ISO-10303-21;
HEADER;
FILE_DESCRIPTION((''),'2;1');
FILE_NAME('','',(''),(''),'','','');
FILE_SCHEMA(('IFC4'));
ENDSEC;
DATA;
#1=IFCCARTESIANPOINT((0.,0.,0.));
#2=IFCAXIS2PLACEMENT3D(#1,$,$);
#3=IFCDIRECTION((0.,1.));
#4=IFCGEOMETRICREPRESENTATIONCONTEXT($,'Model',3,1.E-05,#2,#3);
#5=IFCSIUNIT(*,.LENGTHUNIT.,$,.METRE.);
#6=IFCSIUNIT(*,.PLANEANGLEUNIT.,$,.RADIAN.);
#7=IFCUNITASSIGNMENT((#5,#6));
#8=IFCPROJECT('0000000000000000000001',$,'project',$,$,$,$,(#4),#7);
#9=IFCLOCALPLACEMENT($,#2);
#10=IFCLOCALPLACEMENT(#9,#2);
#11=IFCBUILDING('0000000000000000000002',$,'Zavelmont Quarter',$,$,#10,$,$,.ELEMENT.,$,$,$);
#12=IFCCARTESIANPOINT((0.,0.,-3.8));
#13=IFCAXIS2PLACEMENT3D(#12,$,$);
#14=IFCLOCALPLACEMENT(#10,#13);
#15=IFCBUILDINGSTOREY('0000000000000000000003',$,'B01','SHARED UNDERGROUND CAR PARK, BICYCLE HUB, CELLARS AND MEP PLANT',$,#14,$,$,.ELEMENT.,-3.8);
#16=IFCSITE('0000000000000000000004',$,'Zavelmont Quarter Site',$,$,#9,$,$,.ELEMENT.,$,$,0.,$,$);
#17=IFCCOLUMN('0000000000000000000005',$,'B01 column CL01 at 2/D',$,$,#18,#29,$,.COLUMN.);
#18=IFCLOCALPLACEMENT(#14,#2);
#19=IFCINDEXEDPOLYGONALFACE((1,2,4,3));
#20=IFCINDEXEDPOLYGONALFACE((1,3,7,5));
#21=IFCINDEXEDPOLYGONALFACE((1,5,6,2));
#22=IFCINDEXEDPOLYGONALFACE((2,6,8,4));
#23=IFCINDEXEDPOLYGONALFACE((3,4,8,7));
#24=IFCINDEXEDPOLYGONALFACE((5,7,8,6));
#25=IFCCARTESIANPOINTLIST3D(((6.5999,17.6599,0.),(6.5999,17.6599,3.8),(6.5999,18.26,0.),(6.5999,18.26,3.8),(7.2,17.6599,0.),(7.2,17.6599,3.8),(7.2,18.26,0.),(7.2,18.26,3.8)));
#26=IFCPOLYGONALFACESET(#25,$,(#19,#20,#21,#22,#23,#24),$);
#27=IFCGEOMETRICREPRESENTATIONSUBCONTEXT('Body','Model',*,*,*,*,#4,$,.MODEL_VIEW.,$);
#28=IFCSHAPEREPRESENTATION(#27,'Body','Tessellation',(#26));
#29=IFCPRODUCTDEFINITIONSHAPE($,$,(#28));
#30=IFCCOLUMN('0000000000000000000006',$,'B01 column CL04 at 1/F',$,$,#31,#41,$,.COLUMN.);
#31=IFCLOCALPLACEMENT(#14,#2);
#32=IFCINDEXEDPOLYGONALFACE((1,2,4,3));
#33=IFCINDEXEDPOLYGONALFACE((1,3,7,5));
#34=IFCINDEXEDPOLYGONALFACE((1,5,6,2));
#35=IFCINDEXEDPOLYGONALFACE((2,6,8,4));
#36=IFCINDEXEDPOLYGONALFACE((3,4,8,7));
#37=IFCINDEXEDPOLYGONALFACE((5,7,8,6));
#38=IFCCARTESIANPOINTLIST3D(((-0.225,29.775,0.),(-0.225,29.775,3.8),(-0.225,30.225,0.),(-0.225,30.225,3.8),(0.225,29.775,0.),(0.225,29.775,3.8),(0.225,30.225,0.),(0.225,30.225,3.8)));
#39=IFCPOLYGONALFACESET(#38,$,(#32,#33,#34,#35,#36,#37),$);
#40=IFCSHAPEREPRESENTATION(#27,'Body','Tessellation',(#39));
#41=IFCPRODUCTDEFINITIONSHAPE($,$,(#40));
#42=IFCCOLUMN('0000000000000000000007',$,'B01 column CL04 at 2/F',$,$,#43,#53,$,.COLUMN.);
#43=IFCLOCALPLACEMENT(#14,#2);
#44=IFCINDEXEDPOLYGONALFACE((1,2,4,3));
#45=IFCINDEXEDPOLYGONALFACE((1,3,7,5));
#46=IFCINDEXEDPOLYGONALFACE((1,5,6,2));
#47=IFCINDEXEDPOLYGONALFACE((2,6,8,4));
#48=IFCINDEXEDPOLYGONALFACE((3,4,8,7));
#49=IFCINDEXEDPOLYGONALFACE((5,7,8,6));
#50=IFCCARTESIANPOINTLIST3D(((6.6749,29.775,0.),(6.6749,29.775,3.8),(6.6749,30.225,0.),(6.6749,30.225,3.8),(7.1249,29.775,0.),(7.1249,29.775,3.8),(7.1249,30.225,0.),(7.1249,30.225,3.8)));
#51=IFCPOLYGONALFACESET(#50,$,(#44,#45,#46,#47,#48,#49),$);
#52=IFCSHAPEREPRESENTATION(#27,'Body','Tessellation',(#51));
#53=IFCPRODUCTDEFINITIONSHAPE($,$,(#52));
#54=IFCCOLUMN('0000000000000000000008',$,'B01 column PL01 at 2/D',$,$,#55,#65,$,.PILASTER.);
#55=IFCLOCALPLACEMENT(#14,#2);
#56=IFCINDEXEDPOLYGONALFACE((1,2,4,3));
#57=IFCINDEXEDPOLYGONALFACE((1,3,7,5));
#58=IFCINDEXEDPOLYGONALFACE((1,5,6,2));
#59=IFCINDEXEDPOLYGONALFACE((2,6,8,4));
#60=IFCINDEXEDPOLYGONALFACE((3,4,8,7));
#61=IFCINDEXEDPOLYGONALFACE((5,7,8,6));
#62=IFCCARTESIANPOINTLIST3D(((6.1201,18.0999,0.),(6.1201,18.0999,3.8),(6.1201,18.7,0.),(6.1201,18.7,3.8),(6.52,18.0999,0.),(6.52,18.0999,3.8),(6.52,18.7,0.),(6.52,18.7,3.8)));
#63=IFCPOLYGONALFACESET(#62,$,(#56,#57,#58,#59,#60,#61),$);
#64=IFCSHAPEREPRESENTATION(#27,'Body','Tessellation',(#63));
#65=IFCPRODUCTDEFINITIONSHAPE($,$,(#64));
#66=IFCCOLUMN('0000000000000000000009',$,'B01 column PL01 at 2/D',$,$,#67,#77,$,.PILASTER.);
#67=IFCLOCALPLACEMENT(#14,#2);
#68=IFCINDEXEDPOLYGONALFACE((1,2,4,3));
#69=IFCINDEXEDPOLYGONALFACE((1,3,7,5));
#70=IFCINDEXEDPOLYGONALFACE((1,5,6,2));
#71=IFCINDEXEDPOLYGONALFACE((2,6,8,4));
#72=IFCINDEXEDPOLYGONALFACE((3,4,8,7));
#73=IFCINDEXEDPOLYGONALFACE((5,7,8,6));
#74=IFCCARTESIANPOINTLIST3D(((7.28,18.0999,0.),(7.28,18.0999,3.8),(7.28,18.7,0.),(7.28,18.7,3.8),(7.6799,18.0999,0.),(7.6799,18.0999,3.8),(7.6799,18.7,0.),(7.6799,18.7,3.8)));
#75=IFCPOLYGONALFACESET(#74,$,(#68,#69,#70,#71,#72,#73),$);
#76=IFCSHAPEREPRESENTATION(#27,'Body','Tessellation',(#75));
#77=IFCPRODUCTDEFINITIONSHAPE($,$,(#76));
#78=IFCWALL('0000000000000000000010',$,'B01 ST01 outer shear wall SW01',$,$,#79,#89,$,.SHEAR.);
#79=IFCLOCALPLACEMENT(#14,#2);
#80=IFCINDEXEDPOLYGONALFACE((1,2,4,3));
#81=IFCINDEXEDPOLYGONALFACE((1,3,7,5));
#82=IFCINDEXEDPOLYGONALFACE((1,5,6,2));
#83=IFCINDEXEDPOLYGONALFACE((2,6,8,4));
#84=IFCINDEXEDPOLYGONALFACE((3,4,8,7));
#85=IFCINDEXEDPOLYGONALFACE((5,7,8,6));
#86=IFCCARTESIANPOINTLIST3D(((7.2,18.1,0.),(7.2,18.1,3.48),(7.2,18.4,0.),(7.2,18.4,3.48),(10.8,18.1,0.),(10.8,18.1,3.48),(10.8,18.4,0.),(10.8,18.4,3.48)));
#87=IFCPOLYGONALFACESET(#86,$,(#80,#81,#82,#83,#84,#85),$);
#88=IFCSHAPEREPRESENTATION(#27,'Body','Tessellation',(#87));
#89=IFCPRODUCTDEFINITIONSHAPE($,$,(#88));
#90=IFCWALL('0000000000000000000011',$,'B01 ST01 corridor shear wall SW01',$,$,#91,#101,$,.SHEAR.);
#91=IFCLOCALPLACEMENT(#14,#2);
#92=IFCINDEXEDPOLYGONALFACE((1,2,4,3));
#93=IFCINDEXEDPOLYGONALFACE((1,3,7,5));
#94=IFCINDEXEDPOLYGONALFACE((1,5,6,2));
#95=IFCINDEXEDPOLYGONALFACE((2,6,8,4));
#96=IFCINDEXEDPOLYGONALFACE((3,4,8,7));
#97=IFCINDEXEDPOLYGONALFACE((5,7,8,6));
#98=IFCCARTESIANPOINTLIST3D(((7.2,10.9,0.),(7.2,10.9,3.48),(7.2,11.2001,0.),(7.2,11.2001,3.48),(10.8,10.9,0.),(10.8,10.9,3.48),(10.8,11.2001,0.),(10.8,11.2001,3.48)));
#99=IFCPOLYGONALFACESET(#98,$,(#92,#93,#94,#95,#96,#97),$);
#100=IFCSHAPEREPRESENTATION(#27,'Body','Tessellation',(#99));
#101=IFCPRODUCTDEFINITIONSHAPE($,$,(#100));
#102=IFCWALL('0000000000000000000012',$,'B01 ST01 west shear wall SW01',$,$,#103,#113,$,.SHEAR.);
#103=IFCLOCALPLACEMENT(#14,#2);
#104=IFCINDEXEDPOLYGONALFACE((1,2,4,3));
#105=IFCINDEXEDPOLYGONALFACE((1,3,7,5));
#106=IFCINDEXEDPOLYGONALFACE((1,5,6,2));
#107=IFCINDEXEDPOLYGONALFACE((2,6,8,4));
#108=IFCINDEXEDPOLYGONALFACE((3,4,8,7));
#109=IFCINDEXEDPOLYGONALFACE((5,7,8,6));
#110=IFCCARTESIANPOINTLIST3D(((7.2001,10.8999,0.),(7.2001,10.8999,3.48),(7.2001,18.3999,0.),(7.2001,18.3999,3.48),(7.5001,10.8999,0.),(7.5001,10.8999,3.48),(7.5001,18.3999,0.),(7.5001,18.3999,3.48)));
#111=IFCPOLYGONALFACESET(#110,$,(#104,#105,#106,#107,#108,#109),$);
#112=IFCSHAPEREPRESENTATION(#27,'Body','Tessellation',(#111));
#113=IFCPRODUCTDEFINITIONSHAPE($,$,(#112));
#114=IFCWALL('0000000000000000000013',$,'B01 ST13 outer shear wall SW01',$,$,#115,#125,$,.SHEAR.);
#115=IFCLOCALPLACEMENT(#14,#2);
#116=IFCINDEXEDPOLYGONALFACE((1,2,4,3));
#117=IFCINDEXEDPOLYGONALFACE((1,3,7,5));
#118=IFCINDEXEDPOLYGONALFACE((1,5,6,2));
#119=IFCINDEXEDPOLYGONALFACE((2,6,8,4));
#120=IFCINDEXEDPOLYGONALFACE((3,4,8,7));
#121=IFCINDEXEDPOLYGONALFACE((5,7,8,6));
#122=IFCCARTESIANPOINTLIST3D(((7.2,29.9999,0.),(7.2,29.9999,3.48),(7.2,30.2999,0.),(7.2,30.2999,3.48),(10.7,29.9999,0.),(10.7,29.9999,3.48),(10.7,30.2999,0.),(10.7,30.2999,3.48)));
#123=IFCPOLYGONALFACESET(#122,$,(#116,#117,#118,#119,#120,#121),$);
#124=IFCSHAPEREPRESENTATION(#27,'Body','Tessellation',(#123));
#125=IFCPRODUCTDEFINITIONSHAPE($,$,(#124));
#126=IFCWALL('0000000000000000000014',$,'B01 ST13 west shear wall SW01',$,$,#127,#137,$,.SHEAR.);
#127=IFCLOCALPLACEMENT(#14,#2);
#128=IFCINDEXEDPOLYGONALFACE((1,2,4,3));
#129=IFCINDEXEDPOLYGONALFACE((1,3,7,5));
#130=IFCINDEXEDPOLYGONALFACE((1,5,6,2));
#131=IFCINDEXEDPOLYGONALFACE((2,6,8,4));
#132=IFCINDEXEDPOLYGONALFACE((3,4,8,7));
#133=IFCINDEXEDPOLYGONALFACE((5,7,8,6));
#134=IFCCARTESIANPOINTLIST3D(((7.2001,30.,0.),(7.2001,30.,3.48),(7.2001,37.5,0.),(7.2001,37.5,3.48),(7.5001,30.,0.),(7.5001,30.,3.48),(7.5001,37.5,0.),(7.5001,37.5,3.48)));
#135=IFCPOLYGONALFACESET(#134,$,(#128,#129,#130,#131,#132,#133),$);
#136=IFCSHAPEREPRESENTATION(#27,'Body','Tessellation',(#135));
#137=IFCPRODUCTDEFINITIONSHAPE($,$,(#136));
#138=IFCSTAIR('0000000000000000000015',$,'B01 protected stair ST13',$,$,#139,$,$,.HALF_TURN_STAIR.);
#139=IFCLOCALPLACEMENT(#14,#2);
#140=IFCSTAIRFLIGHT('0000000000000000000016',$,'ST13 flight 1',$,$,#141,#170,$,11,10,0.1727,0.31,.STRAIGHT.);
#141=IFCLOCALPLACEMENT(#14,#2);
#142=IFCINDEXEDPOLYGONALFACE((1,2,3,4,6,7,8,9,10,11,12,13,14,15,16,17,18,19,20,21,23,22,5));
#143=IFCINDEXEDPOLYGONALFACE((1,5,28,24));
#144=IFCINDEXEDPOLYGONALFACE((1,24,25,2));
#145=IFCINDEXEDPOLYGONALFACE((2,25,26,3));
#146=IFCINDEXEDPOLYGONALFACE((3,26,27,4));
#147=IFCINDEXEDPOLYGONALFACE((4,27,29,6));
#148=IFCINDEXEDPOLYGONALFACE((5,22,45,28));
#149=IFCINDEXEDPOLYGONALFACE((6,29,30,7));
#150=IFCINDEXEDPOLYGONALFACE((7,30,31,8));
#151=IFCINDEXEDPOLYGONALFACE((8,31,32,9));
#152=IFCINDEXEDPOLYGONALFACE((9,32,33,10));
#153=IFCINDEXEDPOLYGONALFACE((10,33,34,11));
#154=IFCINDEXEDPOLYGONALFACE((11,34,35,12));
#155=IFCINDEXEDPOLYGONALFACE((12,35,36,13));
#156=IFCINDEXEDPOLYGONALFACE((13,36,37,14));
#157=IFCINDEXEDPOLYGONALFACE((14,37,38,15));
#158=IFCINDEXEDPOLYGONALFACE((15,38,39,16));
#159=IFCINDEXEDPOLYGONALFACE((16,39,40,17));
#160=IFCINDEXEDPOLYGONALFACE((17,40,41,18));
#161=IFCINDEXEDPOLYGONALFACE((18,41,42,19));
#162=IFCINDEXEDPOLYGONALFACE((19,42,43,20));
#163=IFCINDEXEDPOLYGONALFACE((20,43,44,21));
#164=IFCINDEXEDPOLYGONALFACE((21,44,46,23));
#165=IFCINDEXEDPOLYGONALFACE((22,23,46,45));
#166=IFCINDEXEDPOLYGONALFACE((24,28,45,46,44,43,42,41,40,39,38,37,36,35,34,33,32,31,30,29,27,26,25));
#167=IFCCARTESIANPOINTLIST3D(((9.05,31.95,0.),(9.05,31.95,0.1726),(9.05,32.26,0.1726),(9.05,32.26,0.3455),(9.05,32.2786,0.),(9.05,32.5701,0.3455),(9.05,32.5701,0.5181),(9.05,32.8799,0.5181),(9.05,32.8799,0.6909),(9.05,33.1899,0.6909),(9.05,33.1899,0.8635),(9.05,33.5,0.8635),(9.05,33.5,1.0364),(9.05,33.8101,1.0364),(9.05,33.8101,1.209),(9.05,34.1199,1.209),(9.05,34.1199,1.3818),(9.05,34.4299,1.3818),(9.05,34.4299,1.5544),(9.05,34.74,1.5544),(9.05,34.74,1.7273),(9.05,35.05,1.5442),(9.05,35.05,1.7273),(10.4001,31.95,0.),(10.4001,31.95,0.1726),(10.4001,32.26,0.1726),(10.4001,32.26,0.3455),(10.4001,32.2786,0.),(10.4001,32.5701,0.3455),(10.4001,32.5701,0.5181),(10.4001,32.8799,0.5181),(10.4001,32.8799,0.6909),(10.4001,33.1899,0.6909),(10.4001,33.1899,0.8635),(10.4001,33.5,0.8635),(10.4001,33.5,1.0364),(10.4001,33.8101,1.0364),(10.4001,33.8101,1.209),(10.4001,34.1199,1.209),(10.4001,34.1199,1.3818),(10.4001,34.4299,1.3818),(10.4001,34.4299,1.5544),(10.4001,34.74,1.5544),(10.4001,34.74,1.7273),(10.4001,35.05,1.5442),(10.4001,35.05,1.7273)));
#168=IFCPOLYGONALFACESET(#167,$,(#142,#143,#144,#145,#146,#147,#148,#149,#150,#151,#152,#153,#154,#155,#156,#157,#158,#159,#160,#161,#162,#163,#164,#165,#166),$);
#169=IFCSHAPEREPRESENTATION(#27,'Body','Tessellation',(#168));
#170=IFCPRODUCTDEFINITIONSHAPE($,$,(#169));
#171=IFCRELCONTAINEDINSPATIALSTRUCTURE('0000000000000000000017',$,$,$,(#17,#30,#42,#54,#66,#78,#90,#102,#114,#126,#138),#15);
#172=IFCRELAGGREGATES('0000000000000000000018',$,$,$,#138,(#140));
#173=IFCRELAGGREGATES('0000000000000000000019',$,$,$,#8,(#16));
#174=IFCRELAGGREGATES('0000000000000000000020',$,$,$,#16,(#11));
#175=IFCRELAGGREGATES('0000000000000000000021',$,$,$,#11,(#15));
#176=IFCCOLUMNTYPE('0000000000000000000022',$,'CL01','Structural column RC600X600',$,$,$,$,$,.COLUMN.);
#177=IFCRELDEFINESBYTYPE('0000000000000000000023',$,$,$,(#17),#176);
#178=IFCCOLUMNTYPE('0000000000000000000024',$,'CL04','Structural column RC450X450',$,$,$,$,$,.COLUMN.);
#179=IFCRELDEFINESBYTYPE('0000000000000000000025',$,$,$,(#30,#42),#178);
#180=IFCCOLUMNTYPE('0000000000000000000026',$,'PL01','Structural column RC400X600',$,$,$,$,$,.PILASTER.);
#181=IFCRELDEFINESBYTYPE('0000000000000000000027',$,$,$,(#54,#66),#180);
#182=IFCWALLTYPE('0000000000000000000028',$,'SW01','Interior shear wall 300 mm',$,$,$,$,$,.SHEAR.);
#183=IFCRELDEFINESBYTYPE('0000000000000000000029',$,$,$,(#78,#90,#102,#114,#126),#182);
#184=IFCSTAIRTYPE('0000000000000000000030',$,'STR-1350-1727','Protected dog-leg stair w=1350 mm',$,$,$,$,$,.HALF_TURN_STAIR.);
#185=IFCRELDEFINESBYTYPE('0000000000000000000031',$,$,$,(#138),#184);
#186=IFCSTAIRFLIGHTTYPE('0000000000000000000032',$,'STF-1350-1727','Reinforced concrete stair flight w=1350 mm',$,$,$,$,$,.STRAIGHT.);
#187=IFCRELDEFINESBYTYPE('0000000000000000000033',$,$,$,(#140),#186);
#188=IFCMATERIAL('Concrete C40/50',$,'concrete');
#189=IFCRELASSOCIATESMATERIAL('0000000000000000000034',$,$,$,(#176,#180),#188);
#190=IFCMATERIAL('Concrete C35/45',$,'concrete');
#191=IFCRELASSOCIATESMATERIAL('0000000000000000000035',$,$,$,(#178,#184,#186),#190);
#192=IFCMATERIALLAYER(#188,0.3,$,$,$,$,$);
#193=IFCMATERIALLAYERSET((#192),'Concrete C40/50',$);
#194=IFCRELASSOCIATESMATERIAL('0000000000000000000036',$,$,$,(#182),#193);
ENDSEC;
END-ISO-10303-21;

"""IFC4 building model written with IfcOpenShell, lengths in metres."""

from ifc_helpers import new_model, si_unit, direction, frame, frame_2d, origin, origin_2d, place, context, subcontext, project, spatial, polyline, rectangle, outline, extrude, material, layer, layer_set, material_profile, profile_set, type_object, element, aggregate, save


model = new_model("IFC4")

# Units and contexts
model_context = context("Model", 3, precision=1e-05, world=origin(), true_north=direction((0.0, 1.0)))
body_context = subcontext(model_context, "Body", "Model", "MODEL_VIEW")
ifc_project = project(units=[si_unit("LENGTHUNIT", "METRE"), si_unit("PLANEANGLEUNIT", "RADIAN")], contexts=[model_context])

# Site, building, storey
site_placement = place(None, origin())
site = spatial("IfcSite", under=ifc_project, at=site_placement, Name="Zavelmont Quarter Site", CompositionType="ELEMENT", RefElevation=0.0)
building_placement = place(site_placement, origin())
building = spatial("IfcBuilding", under=site, at=building_placement, Name="Zavelmont Quarter", CompositionType="ELEMENT")
storey_placement = place(building_placement, frame((0.0, 0.0, -3.8)))
storey = spatial("IfcBuildingStorey", under=building, at=storey_placement, Name="B01", Description="SHARED UNDERGROUND CAR PARK, BICYCLE HUB, CELLARS AND MEP PLANT", CompositionType="ELEMENT", Elevation=-3.8)

# Shared definitions
ifc_material_1 = material(Name="Concrete C35/45", Category="concrete")

# Columns
ifc_material_2 = material(Name="Concrete C40/50", Category="concrete")
ifc_material_profile_1 = material_profile(ifc_material_2, rectangle(XDim=0.6001, YDim=0.6001, at=origin_2d()), Name="RC600X600")
ifc_profile_set_1 = profile_set([ifc_material_profile_1], Name="Concrete C40/50")
column_type_1 = type_object("IfcColumnType", Name="CL01", Description="Structural column RC600X600", PredefinedType="COLUMN", material=ifc_profile_set_1)
for number, where, z_axis, x_axis, name in (
    (1, (6.8999, 17.96, 0.0), (0.0, 0.0, 1.0), (1.0, 0.0, 0.0), "B01 column CL01 at 2/D"),
):
    element("IfcColumn", number, at=place(storey_placement, frame(where, z_axis=z_axis, x_axis=x_axis)), inside=storey, type_object=column_type_1, Name=name, PredefinedType="COLUMN", context=body_context, shape_type="SweptSolid", body=[
        extrude(rectangle(XDim=0.6001, YDim=0.6001, at=origin_2d()), origin(), (0.0, 0.0, 1.0), 3.8),
    ])
ifc_material_profile_2 = material_profile(ifc_material_1, rectangle(XDim=0.45, YDim=0.45, at=origin_2d()), Name="RC450X450")
ifc_profile_set_2 = profile_set([ifc_material_profile_2], Name="Concrete C35/45")
column_type_2 = type_object("IfcColumnType", Name="CL04", Description="Structural column RC450X450", PredefinedType="COLUMN", material=ifc_profile_set_2)
for number, where, z_axis, x_axis, name in (
    (2, (0.0, 30.0, 0.0), (0.0, 0.0, 1.0), (1.0, 0.0, 0.0), "B01 column CL04 at 1/F"),
    (3, (6.8999, 30.0, 0.0), (0.0, 0.0, 1.0), (1.0, 0.0, 0.0), "B01 column CL04 at 2/F"),
):
    element("IfcColumn", number, at=place(storey_placement, frame(where, z_axis=z_axis, x_axis=x_axis)), inside=storey, type_object=column_type_2, Name=name, PredefinedType="COLUMN", context=body_context, shape_type="SweptSolid", body=[
        extrude(rectangle(XDim=0.45, YDim=0.45, at=origin_2d()), origin(), (0.0, 0.0, 1.0), 3.8),
    ])
ifc_material_profile_3 = material_profile(ifc_material_2, rectangle(XDim=0.3999, YDim=0.6001, at=origin_2d()), Name="RC400X600")
ifc_profile_set_3 = profile_set([ifc_material_profile_3], Name="Concrete C40/50")
column_type_3 = type_object("IfcColumnType", Name="PL01", Description="Structural column RC400X600", PredefinedType="PILASTER", material=ifc_profile_set_3)
for number, where, z_axis, x_axis, name in (
    (4, (6.3201, 18.3999, 0.0), (0.0, 0.0, 1.0), (1.0, 0.0, 0.0), "B01 column PL01 at 2/D"),
    (5, (7.48, 18.3999, 0.0), (0.0, 0.0, 1.0), (1.0, 0.0, 0.0), "B01 column PL01 at 2/D"),
):
    element("IfcColumn", number, at=place(storey_placement, frame(where, z_axis=z_axis, x_axis=x_axis)), inside=storey, type_object=column_type_3, Name=name, PredefinedType="PILASTER", context=body_context, shape_type="SweptSolid", body=[
        extrude(rectangle(XDim=0.3999, YDim=0.6001, at=origin_2d()), origin(), (0.0, 0.0, 1.0), 3.8),
    ])

# Walls
ifc_layer = layer(ifc_material_2, 0.3)
ifc_layer_set = layer_set([ifc_layer], Name="Concrete C40/50")
wall_type = type_object("IfcWallType", Name="SW01", Description="Interior shear wall 300 mm", PredefinedType="SHEAR", material=ifc_layer_set)
for number, where, z_axis, x_axis, name in (
    (6, (7.2, 18.25, 0.0), (0.0, 0.0, 1.0), (1.0, 0.0, 0.0), "B01 ST01 outer shear wall SW01"),
    (7, (7.2, 11.05, 0.0), (0.0, 0.0, 1.0), (1.0, 0.0, 0.0), "B01 ST01 corridor shear wall SW01"),
):
    element("IfcWall", number, at=place(storey_placement, frame(where, z_axis=z_axis, x_axis=x_axis)), inside=storey, type_object=wall_type, Name=name, PredefinedType="SHEAR", context=body_context, shape_type="SweptSolid", body=[
        extrude(rectangle(XDim=3.6001, YDim=0.3, at=frame_2d((1.8, 0.0))), origin(), (0.0, 0.0, 1.0), 3.48),
    ])
wall_1_placement = place(storey_placement, frame((7.3501, 10.8999, 0.0), z_axis=(0.0, 0.0, 1.0), x_axis=(0.0, 1.0, 0.0)))
element("IfcWall", 8, at=wall_1_placement, inside=storey, type_object=wall_type, Name="B01 ST01 west shear wall SW01", PredefinedType="SHEAR", context=body_context, shape_type="SweptSolid", body=[
    extrude(rectangle(XDim=7.5, YDim=0.3, at=frame_2d((3.75, 0.0))), origin(), (0.0, 0.0, 1.0), 3.48),
])
wall_2_placement = place(storey_placement, frame((7.2, 30.1499, 0.0), z_axis=(0.0, 0.0, 1.0), x_axis=(1.0, 0.0, 0.0)))
element("IfcWall", 9, at=wall_2_placement, inside=storey, type_object=wall_type, Name="B01 ST13 outer shear wall SW01", PredefinedType="SHEAR", context=body_context, shape_type="SweptSolid", body=[
    extrude(rectangle(XDim=3.5, YDim=0.3, at=frame_2d((1.75, 0.0))), origin(), (0.0, 0.0, 1.0), 3.48),
])
wall_3_placement = place(storey_placement, frame((7.3501, 30.0, 0.0), z_axis=(0.0, 0.0, 1.0), x_axis=(0.0, 1.0, 0.0)))
element("IfcWall", 10, at=wall_3_placement, inside=storey, type_object=wall_type, Name="B01 ST13 west shear wall SW01", PredefinedType="SHEAR", context=body_context, shape_type="SweptSolid", body=[
    extrude(rectangle(XDim=7.5, YDim=0.3, at=frame_2d((3.75, 0.0))), origin(), (0.0, 0.0, 1.0), 3.48),
])

# Stair, stair flight
stair_type_1 = type_object("IfcStairType", Name="STR-1350-1727", Description="Protected dog-leg stair w=1350 mm", PredefinedType="HALF_TURN_STAIR", material=ifc_material_1)
stair_1_placement = place(storey_placement, origin())
stair_1 = element("IfcStair", 11, at=stair_1_placement, inside=storey, type_object=stair_type_1, Name="B01 protected stair ST13", PredefinedType="HALF_TURN_STAIR")
stair_flight_type_1 = type_object("IfcStairFlightType", Name="STF-1350-1727", Description="Reinforced concrete stair flight w=1350 mm", PredefinedType="STRAIGHT", material=ifc_material_1)
stair_flight_1_placement = place(storey_placement, frame((9.7251, 31.95, 0.0), z_axis=(0.0, 0.0, 1.0), x_axis=(0.0, 1.0, 0.0)))
stair_flight_1 = element("IfcStairFlight", 12, at=stair_flight_1_placement, type_object=stair_flight_type_1, Name="ST13 flight 1", NumberOfRisers=11, NumberOfTreads=10, PredefinedType="STRAIGHT", RiserHeight=0.1727, TreadLength=0.31, context=body_context, shape_type="SweptSolid", body=[
    extrude(outline(polyline([(0.0, 0.0), (0.0, 0.1726), (0.3101, 0.1726), (0.3101, 0.3455), (0.6201, 0.3455), (0.6201, 0.5181), (0.9299, 0.5181), (0.9299, 0.6909), (1.24, 0.6909), (1.24, 0.8635), (1.55, 0.8635), (1.55, 1.0364), (1.8601, 1.0364), (1.8601, 1.209), (2.1699, 1.209), (2.1699, 1.3818), (2.48, 1.3818), (2.48, 1.5544), (2.79, 1.5544), (2.79, 1.7273), (3.1001, 1.7273), (3.1001, 1.8999), (3.1001, 1.5442), (0.3286, 0.0), (0.0, 0.0)])), frame((0.0, 0.675, 0.0), z_axis=(0.0, -1.0, 0.0), x_axis=(1.0, 0.0, 0.0)), (0.0, 0.0, 1.0), 1.3501),
])
aggregate(stair_1, [stair_flight_1])

save(model, "model.ifc")
